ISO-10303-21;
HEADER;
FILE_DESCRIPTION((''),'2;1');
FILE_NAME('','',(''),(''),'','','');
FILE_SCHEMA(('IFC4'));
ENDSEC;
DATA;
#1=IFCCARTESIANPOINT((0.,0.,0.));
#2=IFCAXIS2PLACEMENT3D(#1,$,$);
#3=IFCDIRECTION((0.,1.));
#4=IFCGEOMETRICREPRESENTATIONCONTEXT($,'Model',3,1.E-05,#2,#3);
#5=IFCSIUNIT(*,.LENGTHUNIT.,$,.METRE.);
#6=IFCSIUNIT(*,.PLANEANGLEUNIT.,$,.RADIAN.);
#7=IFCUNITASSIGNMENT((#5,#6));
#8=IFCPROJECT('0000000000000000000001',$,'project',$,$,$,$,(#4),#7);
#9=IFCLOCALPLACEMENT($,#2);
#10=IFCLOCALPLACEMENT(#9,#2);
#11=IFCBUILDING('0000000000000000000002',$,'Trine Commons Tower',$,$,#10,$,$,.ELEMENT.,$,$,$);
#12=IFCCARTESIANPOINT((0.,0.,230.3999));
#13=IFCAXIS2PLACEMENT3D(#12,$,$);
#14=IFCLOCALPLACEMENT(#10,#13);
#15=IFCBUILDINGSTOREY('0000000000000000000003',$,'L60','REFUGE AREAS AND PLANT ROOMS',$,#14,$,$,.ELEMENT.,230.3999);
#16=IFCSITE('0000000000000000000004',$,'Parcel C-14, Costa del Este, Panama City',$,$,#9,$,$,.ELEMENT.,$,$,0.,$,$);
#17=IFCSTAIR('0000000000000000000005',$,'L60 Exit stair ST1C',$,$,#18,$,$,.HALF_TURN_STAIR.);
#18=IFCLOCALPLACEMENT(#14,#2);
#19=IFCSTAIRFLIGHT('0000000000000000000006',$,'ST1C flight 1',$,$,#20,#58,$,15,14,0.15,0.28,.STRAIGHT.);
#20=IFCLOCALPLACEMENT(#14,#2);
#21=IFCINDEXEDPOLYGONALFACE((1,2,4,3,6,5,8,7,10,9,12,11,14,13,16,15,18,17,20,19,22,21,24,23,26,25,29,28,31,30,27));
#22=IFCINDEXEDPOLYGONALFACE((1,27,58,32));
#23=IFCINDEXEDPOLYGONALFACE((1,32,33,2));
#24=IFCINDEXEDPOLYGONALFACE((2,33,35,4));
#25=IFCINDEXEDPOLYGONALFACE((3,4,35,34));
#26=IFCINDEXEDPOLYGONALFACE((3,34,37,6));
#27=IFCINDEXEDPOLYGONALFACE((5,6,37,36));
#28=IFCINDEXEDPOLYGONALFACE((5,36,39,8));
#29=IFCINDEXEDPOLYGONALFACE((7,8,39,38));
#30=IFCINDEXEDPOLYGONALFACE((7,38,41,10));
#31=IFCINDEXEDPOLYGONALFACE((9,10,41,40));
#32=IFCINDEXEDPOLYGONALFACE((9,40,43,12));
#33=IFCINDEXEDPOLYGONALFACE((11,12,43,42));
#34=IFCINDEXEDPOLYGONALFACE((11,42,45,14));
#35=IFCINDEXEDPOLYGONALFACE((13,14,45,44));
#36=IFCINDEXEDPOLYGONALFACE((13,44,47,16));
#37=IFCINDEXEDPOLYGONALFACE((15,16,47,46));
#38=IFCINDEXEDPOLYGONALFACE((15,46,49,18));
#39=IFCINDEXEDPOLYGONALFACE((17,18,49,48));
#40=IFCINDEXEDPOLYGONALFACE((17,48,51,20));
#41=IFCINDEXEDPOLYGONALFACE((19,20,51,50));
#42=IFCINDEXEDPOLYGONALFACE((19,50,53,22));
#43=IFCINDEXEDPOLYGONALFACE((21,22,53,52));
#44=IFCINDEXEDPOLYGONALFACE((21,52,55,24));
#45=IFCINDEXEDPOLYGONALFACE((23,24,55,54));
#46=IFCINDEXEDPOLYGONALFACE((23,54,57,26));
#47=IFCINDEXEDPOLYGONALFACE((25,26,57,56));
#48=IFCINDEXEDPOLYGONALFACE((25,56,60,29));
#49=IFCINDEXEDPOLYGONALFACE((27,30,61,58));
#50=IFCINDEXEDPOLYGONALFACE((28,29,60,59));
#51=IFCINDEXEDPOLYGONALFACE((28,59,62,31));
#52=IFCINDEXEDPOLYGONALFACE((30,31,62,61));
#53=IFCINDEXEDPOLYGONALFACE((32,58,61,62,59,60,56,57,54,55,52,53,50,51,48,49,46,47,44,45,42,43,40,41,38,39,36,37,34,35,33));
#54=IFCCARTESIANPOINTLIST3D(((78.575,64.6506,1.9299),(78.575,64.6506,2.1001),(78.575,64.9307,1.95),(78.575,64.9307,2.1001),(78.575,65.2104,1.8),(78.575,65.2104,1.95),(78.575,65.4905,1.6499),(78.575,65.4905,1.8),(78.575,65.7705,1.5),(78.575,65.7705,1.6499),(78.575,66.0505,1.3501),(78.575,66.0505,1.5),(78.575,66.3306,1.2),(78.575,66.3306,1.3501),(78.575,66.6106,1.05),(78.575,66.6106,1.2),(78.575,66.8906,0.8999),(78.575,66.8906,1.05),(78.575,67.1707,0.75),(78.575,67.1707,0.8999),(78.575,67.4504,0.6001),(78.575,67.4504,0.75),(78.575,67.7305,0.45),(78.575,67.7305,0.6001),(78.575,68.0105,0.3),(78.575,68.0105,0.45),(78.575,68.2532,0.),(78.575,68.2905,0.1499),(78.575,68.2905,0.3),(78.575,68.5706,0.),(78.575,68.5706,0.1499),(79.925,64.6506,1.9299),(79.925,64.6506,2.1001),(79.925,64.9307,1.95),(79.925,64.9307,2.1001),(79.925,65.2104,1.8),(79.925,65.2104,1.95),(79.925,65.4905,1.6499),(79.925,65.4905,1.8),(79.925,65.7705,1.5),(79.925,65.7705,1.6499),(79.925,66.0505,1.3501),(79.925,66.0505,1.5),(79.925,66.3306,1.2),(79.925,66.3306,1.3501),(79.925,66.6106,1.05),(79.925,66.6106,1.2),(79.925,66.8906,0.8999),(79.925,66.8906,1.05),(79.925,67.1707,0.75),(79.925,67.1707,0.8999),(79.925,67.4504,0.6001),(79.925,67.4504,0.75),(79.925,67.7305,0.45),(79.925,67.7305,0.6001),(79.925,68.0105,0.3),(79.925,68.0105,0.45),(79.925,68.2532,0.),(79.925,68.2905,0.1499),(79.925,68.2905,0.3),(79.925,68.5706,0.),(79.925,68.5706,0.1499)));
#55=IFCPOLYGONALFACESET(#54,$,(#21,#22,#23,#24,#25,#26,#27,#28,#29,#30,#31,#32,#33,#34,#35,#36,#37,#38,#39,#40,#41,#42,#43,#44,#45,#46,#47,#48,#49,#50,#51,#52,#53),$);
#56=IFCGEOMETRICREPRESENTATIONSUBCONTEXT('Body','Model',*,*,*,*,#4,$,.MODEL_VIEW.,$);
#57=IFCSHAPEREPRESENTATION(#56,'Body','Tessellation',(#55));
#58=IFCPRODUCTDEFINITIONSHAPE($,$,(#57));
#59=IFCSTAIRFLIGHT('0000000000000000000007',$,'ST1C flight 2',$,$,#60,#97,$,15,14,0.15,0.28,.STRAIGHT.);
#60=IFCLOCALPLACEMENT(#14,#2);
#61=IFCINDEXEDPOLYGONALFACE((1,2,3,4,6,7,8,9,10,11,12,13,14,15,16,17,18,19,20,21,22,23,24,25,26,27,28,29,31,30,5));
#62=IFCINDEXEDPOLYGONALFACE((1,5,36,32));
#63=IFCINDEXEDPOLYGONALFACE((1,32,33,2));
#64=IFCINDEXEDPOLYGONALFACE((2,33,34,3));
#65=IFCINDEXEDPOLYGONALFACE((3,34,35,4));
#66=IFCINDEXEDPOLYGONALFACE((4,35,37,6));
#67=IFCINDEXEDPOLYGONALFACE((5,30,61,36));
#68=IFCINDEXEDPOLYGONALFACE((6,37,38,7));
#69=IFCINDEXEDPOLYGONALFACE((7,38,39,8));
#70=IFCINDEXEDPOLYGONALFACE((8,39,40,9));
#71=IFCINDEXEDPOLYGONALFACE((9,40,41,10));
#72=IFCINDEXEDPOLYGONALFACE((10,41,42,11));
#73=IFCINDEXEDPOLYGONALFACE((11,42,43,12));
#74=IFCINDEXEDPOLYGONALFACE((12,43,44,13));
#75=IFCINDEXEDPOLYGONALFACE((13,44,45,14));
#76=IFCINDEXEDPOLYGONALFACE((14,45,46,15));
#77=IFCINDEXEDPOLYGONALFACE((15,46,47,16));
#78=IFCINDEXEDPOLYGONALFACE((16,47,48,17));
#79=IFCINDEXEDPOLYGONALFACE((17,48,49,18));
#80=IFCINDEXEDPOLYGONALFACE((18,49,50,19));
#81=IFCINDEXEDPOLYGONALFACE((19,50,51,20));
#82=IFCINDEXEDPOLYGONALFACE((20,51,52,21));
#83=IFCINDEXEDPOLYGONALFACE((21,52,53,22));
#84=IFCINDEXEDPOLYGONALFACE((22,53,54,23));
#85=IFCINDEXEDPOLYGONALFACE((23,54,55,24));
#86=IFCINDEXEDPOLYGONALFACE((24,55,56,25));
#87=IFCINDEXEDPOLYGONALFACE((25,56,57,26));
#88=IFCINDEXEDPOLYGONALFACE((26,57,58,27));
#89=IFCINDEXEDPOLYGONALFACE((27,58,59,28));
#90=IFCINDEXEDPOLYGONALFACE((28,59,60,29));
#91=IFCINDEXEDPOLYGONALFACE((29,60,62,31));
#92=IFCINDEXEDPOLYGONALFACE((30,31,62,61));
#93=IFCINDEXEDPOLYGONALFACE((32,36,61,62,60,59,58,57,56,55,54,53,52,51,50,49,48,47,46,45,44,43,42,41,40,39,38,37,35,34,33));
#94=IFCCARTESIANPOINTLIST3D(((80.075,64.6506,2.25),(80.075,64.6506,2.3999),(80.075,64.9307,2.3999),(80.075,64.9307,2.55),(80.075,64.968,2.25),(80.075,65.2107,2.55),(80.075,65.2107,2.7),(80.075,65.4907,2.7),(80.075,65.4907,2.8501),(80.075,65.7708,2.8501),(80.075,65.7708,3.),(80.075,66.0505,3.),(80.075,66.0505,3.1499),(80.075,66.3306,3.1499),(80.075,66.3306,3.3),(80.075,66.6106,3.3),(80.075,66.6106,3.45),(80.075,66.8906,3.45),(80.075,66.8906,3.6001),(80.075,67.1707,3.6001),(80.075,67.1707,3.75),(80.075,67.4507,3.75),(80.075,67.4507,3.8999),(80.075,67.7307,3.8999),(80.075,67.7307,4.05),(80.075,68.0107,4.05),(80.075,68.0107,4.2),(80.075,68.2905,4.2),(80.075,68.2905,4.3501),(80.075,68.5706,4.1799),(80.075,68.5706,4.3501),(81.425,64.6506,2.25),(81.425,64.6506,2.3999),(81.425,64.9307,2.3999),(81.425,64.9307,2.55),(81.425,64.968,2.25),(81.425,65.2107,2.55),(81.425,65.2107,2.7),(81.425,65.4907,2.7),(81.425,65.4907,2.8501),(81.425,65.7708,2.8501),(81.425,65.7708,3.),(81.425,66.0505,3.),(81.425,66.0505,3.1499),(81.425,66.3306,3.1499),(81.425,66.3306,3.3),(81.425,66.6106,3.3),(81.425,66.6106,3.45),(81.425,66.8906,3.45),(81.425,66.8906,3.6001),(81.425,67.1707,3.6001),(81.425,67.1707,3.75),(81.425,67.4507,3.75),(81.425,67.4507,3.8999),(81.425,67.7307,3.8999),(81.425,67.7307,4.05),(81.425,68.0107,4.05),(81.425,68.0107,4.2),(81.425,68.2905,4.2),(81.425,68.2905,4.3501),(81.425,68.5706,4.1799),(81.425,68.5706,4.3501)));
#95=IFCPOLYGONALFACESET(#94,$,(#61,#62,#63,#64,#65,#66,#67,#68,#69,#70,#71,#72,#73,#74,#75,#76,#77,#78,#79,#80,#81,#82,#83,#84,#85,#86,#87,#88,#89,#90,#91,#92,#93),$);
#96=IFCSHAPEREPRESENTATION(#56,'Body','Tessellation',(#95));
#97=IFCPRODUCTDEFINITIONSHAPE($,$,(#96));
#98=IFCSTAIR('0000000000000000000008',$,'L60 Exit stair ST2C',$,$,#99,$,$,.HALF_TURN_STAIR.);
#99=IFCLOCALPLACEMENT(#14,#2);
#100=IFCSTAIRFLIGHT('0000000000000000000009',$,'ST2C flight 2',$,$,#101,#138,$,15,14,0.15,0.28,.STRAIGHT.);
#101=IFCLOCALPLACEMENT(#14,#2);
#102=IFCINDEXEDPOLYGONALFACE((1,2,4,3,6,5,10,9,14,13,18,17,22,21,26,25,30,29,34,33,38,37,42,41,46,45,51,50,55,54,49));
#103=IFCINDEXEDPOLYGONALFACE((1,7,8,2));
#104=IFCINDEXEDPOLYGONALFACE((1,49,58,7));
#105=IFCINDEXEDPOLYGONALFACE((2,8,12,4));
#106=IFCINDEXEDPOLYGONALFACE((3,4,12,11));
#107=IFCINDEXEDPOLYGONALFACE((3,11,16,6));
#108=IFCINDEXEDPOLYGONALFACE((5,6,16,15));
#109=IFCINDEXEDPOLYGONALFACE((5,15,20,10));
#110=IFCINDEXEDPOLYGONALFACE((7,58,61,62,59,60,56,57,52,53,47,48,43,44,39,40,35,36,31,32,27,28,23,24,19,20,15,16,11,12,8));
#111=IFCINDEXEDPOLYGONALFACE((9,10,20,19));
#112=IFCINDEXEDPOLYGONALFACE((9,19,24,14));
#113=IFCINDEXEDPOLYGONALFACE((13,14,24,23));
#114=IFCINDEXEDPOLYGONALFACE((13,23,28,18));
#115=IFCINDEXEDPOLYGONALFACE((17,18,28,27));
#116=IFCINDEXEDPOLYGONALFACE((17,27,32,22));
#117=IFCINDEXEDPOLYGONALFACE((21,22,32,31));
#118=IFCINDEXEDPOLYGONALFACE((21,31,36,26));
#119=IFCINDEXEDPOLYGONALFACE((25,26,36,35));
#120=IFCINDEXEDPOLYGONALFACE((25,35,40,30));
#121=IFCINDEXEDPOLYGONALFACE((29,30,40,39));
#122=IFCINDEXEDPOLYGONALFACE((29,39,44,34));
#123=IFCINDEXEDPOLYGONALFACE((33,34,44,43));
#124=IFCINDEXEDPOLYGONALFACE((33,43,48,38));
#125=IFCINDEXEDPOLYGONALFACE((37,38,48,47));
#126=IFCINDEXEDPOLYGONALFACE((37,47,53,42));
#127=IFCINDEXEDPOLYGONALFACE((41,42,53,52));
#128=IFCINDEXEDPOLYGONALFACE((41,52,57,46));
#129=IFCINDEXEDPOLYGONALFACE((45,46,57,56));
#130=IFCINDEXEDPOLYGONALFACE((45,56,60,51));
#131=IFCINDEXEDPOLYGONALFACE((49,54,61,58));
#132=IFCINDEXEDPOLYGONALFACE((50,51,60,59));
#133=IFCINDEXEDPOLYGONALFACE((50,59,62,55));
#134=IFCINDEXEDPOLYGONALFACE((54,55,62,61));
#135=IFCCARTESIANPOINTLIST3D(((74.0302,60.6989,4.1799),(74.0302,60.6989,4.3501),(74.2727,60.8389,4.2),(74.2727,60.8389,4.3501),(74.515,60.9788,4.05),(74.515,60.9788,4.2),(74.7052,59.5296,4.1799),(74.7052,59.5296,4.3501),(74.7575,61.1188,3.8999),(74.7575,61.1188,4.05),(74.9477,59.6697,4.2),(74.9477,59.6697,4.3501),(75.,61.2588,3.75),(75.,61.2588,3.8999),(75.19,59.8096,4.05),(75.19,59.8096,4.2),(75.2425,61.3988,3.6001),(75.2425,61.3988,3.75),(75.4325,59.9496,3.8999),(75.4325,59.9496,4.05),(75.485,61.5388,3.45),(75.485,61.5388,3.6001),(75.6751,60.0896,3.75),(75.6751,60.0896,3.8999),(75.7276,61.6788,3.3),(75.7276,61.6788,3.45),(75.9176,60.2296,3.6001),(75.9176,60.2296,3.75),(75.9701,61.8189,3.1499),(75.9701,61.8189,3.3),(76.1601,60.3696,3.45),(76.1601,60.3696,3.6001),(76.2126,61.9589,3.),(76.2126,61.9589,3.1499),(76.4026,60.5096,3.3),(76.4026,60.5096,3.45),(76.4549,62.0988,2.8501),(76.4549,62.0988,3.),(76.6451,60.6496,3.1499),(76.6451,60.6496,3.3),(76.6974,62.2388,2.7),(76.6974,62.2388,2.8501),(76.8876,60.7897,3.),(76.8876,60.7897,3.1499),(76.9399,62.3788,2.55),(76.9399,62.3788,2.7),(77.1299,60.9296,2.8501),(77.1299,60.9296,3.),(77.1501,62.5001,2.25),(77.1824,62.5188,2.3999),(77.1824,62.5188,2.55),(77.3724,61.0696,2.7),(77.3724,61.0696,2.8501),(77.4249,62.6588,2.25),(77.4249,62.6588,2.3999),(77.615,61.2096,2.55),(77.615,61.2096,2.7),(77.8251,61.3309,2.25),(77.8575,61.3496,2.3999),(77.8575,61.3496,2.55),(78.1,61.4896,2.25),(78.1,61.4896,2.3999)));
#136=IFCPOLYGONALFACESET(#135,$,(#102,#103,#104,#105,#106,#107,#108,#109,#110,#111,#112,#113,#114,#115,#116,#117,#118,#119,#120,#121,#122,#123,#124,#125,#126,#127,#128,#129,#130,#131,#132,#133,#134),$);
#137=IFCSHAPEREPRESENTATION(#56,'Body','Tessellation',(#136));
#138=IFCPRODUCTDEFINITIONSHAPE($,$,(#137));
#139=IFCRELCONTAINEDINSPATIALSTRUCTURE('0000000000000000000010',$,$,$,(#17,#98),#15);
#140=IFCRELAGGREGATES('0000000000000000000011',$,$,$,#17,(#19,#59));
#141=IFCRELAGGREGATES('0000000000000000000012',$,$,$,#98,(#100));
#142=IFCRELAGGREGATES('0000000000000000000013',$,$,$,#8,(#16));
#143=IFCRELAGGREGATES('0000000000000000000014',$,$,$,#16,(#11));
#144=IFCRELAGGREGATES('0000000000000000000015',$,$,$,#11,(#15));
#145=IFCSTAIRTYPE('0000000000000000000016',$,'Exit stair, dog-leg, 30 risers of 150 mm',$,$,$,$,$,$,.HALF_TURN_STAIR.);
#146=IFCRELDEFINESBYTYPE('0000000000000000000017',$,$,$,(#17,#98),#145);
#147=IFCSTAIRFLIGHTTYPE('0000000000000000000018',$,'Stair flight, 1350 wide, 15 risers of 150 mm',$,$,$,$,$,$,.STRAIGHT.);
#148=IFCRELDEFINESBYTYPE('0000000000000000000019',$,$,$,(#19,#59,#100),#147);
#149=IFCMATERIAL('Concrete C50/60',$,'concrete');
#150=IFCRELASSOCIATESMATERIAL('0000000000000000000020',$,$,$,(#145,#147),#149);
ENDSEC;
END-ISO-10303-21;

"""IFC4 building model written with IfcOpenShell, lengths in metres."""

from ifc_helpers import new_model, si_unit, direction, frame, origin, place, context, subcontext, project, spatial, polyline, outline, extrude, material, type_object, element, aggregate, save


model = new_model("IFC4")

# Units and contexts
model_context = context("Model", 3, precision=1e-05, world=origin(), true_north=direction((0.0, 1.0)))
body_context = subcontext(model_context, "Body", "Model", "MODEL_VIEW")
ifc_project = project(units=[si_unit("LENGTHUNIT", "METRE"), si_unit("PLANEANGLEUNIT", "RADIAN")], contexts=[model_context])

# Site, building, storey
site_placement = place(None, origin())
site = spatial("IfcSite", under=ifc_project, at=site_placement, Name="Parcel C-14, Costa del Este, Panama City", CompositionType="ELEMENT", RefElevation=0.0)
building_placement = place(site_placement, origin())
building = spatial("IfcBuilding", under=site, at=building_placement, Name="Trine Commons Tower", CompositionType="ELEMENT")
storey_placement = place(building_placement, frame((0.0, 0.0, 230.3999)))
storey = spatial("IfcBuildingStorey", under=building, at=storey_placement, Name="L60", Description="REFUGE AREAS AND PLANT ROOMS", CompositionType="ELEMENT", Elevation=230.3999)

# Shared definitions
ifc_material_1 = material(Name="Concrete C50/60", Category="concrete")

# Stair, stair flights
stair_type = type_object("IfcStairType", Name="Exit stair, dog-leg, 30 risers of 150 mm", PredefinedType="HALF_TURN_STAIR", material=ifc_material_1)
stair_1_placement = place(storey_placement, origin())
stair_1 = element("IfcStair", 1, at=stair_1_placement, inside=storey, type_object=stair_type, Name="L60 Exit stair ST1C", PredefinedType="HALF_TURN_STAIR")
stair_flight_type = type_object("IfcStairFlightType", Name="Stair flight, 1350 wide, 15 risers of 150 mm", PredefinedType="STRAIGHT", material=ifc_material_1)
stair_flight_1_placement = place(storey_placement, frame((79.25, 68.5706, 0.0), z_axis=(0.0, 0.0, 1.0), x_axis=(0.0, -1.0, 0.0)))
stair_flight_1 = element("IfcStairFlight", 2, at=stair_flight_1_placement, type_object=stair_flight_type, Name="ST1C flight 1", NumberOfRisers=15, NumberOfTreads=14, PredefinedType="STRAIGHT", RiserHeight=0.15, TreadLength=0.28, context=body_context, shape_type="SweptSolid", body=[
    extrude(outline(polyline([(0.0, 0.0), (0.0, 0.1499), (0.28, 0.1499), (0.28, 0.3), (0.5601, 0.3), (0.5601, 0.45), (0.8401, 0.45), (0.8401, 0.6001), (1.1201, 0.6001), (1.1201, 0.75), (1.3999, 0.75), (1.3999, 0.8999), (1.6799, 0.8999), (1.6799, 1.05), (1.96, 1.05), (1.96, 1.2), (2.24, 1.2), (2.24, 1.3501), (2.52, 1.3501), (2.52, 1.5), (2.8, 1.5), (2.8, 1.6499), (3.0801, 1.6499), (3.0801, 1.8), (3.3601, 1.8), (3.3601, 1.95), (3.6399, 1.95), (3.6399, 2.1001), (3.9199, 2.1001), (3.9199, 2.25), (3.9199, 1.9299), (0.3174, 0.0), (0.0, 0.0)])), frame((0.0, 0.675, 0.0), z_axis=(0.0, -1.0, 0.0), x_axis=(1.0, 0.0, 0.0)), (0.0, 0.0, 1.0), 1.3501),
])
stair_flight_2_placement = place(storey_placement, frame((80.75, 64.6506, 2.25), z_axis=(0.0, 0.0, 1.0), x_axis=(0.0, 1.0, 0.0)))
stair_flight_2 = element("IfcStairFlight", 3, at=stair_flight_2_placement, type_object=stair_flight_type, Name="ST1C flight 2", NumberOfRisers=15, NumberOfTreads=14, PredefinedType="STRAIGHT", RiserHeight=0.15, TreadLength=0.28, context=body_context, shape_type="SweptSolid", body=[
    extrude(outline(polyline([(0.0, 0.0), (0.0, 0.1499), (0.28, 0.1499), (0.28, 0.3), (0.5601, 0.3), (0.5601, 0.45), (0.8401, 0.45), (0.8401, 0.6001), (1.1201, 0.6001), (1.1201, 0.75), (1.3999, 0.75), (1.3999, 0.8999), (1.6799, 0.8999), (1.6799, 1.05), (1.96, 1.05), (1.96, 1.2), (2.24, 1.2), (2.24, 1.3501), (2.52, 1.3501), (2.52, 1.5), (2.8, 1.5), (2.8, 1.6499), (3.0801, 1.6499), (3.0801, 1.8), (3.3601, 1.8), (3.3601, 1.95), (3.6399, 1.95), (3.6399, 2.1001), (3.9199, 2.1001), (3.9199, 2.25), (3.9199, 1.9299), (0.3174, 0.0), (0.0, 0.0)])), frame((0.0, 0.675, 0.0), z_axis=(0.0, -1.0, 0.0), x_axis=(1.0, 0.0, 0.0)), (0.0, 0.0, 1.0), 1.3501),
])
aggregate(stair_1, [stair_flight_1, stair_flight_2])

# Stair, stair flight
stair_2_placement = place(storey_placement, origin())
stair_2 = element("IfcStair", 4, at=stair_2_placement, inside=storey, type_object=stair_type, Name="L60 Exit stair ST2C", PredefinedType="HALF_TURN_STAIR")
stair_flight_3_placement = place(storey_placement, frame((77.7625, 62.0742, 2.25), z_axis=(0.0, 0.0, 1.0), x_axis=(-0.866025, -0.5, 0.0)))
stair_flight_3 = element("IfcStairFlight", 5, at=stair_flight_3_placement, type_object=stair_flight_type, Name="ST2C flight 2", NumberOfRisers=15, NumberOfTreads=14, PredefinedType="STRAIGHT", RiserHeight=0.15, TreadLength=0.28, context=body_context, shape_type="SweptSolid", body=[
    extrude(outline(polyline([(0.0, 0.0), (0.0, 0.1499), (0.28, 0.1499), (0.28, 0.3), (0.5601, 0.3), (0.5601, 0.45), (0.8401, 0.45), (0.8401, 0.6001), (1.1201, 0.6001), (1.1201, 0.75), (1.3999, 0.75), (1.3999, 0.8999), (1.6799, 0.8999), (1.6799, 1.05), (1.96, 1.05), (1.96, 1.2), (2.24, 1.2), (2.24, 1.3501), (2.52, 1.3501), (2.52, 1.5), (2.8, 1.5), (2.8, 1.6499), (3.0801, 1.6499), (3.0801, 1.8), (3.3601, 1.8), (3.3601, 1.95), (3.6399, 1.95), (3.6399, 2.1001), (3.9199, 2.1001), (3.9199, 2.25), (3.9199, 1.9299), (0.3174, 0.0), (0.0, 0.0)])), frame((0.0, 0.675, 0.0), z_axis=(0.0, -1.0, 0.0), x_axis=(1.0, 0.0, 0.0)), (0.0, 0.0, 1.0), 1.3501),
])
aggregate(stair_2, [stair_flight_3])

save(model, "model.ifc")
